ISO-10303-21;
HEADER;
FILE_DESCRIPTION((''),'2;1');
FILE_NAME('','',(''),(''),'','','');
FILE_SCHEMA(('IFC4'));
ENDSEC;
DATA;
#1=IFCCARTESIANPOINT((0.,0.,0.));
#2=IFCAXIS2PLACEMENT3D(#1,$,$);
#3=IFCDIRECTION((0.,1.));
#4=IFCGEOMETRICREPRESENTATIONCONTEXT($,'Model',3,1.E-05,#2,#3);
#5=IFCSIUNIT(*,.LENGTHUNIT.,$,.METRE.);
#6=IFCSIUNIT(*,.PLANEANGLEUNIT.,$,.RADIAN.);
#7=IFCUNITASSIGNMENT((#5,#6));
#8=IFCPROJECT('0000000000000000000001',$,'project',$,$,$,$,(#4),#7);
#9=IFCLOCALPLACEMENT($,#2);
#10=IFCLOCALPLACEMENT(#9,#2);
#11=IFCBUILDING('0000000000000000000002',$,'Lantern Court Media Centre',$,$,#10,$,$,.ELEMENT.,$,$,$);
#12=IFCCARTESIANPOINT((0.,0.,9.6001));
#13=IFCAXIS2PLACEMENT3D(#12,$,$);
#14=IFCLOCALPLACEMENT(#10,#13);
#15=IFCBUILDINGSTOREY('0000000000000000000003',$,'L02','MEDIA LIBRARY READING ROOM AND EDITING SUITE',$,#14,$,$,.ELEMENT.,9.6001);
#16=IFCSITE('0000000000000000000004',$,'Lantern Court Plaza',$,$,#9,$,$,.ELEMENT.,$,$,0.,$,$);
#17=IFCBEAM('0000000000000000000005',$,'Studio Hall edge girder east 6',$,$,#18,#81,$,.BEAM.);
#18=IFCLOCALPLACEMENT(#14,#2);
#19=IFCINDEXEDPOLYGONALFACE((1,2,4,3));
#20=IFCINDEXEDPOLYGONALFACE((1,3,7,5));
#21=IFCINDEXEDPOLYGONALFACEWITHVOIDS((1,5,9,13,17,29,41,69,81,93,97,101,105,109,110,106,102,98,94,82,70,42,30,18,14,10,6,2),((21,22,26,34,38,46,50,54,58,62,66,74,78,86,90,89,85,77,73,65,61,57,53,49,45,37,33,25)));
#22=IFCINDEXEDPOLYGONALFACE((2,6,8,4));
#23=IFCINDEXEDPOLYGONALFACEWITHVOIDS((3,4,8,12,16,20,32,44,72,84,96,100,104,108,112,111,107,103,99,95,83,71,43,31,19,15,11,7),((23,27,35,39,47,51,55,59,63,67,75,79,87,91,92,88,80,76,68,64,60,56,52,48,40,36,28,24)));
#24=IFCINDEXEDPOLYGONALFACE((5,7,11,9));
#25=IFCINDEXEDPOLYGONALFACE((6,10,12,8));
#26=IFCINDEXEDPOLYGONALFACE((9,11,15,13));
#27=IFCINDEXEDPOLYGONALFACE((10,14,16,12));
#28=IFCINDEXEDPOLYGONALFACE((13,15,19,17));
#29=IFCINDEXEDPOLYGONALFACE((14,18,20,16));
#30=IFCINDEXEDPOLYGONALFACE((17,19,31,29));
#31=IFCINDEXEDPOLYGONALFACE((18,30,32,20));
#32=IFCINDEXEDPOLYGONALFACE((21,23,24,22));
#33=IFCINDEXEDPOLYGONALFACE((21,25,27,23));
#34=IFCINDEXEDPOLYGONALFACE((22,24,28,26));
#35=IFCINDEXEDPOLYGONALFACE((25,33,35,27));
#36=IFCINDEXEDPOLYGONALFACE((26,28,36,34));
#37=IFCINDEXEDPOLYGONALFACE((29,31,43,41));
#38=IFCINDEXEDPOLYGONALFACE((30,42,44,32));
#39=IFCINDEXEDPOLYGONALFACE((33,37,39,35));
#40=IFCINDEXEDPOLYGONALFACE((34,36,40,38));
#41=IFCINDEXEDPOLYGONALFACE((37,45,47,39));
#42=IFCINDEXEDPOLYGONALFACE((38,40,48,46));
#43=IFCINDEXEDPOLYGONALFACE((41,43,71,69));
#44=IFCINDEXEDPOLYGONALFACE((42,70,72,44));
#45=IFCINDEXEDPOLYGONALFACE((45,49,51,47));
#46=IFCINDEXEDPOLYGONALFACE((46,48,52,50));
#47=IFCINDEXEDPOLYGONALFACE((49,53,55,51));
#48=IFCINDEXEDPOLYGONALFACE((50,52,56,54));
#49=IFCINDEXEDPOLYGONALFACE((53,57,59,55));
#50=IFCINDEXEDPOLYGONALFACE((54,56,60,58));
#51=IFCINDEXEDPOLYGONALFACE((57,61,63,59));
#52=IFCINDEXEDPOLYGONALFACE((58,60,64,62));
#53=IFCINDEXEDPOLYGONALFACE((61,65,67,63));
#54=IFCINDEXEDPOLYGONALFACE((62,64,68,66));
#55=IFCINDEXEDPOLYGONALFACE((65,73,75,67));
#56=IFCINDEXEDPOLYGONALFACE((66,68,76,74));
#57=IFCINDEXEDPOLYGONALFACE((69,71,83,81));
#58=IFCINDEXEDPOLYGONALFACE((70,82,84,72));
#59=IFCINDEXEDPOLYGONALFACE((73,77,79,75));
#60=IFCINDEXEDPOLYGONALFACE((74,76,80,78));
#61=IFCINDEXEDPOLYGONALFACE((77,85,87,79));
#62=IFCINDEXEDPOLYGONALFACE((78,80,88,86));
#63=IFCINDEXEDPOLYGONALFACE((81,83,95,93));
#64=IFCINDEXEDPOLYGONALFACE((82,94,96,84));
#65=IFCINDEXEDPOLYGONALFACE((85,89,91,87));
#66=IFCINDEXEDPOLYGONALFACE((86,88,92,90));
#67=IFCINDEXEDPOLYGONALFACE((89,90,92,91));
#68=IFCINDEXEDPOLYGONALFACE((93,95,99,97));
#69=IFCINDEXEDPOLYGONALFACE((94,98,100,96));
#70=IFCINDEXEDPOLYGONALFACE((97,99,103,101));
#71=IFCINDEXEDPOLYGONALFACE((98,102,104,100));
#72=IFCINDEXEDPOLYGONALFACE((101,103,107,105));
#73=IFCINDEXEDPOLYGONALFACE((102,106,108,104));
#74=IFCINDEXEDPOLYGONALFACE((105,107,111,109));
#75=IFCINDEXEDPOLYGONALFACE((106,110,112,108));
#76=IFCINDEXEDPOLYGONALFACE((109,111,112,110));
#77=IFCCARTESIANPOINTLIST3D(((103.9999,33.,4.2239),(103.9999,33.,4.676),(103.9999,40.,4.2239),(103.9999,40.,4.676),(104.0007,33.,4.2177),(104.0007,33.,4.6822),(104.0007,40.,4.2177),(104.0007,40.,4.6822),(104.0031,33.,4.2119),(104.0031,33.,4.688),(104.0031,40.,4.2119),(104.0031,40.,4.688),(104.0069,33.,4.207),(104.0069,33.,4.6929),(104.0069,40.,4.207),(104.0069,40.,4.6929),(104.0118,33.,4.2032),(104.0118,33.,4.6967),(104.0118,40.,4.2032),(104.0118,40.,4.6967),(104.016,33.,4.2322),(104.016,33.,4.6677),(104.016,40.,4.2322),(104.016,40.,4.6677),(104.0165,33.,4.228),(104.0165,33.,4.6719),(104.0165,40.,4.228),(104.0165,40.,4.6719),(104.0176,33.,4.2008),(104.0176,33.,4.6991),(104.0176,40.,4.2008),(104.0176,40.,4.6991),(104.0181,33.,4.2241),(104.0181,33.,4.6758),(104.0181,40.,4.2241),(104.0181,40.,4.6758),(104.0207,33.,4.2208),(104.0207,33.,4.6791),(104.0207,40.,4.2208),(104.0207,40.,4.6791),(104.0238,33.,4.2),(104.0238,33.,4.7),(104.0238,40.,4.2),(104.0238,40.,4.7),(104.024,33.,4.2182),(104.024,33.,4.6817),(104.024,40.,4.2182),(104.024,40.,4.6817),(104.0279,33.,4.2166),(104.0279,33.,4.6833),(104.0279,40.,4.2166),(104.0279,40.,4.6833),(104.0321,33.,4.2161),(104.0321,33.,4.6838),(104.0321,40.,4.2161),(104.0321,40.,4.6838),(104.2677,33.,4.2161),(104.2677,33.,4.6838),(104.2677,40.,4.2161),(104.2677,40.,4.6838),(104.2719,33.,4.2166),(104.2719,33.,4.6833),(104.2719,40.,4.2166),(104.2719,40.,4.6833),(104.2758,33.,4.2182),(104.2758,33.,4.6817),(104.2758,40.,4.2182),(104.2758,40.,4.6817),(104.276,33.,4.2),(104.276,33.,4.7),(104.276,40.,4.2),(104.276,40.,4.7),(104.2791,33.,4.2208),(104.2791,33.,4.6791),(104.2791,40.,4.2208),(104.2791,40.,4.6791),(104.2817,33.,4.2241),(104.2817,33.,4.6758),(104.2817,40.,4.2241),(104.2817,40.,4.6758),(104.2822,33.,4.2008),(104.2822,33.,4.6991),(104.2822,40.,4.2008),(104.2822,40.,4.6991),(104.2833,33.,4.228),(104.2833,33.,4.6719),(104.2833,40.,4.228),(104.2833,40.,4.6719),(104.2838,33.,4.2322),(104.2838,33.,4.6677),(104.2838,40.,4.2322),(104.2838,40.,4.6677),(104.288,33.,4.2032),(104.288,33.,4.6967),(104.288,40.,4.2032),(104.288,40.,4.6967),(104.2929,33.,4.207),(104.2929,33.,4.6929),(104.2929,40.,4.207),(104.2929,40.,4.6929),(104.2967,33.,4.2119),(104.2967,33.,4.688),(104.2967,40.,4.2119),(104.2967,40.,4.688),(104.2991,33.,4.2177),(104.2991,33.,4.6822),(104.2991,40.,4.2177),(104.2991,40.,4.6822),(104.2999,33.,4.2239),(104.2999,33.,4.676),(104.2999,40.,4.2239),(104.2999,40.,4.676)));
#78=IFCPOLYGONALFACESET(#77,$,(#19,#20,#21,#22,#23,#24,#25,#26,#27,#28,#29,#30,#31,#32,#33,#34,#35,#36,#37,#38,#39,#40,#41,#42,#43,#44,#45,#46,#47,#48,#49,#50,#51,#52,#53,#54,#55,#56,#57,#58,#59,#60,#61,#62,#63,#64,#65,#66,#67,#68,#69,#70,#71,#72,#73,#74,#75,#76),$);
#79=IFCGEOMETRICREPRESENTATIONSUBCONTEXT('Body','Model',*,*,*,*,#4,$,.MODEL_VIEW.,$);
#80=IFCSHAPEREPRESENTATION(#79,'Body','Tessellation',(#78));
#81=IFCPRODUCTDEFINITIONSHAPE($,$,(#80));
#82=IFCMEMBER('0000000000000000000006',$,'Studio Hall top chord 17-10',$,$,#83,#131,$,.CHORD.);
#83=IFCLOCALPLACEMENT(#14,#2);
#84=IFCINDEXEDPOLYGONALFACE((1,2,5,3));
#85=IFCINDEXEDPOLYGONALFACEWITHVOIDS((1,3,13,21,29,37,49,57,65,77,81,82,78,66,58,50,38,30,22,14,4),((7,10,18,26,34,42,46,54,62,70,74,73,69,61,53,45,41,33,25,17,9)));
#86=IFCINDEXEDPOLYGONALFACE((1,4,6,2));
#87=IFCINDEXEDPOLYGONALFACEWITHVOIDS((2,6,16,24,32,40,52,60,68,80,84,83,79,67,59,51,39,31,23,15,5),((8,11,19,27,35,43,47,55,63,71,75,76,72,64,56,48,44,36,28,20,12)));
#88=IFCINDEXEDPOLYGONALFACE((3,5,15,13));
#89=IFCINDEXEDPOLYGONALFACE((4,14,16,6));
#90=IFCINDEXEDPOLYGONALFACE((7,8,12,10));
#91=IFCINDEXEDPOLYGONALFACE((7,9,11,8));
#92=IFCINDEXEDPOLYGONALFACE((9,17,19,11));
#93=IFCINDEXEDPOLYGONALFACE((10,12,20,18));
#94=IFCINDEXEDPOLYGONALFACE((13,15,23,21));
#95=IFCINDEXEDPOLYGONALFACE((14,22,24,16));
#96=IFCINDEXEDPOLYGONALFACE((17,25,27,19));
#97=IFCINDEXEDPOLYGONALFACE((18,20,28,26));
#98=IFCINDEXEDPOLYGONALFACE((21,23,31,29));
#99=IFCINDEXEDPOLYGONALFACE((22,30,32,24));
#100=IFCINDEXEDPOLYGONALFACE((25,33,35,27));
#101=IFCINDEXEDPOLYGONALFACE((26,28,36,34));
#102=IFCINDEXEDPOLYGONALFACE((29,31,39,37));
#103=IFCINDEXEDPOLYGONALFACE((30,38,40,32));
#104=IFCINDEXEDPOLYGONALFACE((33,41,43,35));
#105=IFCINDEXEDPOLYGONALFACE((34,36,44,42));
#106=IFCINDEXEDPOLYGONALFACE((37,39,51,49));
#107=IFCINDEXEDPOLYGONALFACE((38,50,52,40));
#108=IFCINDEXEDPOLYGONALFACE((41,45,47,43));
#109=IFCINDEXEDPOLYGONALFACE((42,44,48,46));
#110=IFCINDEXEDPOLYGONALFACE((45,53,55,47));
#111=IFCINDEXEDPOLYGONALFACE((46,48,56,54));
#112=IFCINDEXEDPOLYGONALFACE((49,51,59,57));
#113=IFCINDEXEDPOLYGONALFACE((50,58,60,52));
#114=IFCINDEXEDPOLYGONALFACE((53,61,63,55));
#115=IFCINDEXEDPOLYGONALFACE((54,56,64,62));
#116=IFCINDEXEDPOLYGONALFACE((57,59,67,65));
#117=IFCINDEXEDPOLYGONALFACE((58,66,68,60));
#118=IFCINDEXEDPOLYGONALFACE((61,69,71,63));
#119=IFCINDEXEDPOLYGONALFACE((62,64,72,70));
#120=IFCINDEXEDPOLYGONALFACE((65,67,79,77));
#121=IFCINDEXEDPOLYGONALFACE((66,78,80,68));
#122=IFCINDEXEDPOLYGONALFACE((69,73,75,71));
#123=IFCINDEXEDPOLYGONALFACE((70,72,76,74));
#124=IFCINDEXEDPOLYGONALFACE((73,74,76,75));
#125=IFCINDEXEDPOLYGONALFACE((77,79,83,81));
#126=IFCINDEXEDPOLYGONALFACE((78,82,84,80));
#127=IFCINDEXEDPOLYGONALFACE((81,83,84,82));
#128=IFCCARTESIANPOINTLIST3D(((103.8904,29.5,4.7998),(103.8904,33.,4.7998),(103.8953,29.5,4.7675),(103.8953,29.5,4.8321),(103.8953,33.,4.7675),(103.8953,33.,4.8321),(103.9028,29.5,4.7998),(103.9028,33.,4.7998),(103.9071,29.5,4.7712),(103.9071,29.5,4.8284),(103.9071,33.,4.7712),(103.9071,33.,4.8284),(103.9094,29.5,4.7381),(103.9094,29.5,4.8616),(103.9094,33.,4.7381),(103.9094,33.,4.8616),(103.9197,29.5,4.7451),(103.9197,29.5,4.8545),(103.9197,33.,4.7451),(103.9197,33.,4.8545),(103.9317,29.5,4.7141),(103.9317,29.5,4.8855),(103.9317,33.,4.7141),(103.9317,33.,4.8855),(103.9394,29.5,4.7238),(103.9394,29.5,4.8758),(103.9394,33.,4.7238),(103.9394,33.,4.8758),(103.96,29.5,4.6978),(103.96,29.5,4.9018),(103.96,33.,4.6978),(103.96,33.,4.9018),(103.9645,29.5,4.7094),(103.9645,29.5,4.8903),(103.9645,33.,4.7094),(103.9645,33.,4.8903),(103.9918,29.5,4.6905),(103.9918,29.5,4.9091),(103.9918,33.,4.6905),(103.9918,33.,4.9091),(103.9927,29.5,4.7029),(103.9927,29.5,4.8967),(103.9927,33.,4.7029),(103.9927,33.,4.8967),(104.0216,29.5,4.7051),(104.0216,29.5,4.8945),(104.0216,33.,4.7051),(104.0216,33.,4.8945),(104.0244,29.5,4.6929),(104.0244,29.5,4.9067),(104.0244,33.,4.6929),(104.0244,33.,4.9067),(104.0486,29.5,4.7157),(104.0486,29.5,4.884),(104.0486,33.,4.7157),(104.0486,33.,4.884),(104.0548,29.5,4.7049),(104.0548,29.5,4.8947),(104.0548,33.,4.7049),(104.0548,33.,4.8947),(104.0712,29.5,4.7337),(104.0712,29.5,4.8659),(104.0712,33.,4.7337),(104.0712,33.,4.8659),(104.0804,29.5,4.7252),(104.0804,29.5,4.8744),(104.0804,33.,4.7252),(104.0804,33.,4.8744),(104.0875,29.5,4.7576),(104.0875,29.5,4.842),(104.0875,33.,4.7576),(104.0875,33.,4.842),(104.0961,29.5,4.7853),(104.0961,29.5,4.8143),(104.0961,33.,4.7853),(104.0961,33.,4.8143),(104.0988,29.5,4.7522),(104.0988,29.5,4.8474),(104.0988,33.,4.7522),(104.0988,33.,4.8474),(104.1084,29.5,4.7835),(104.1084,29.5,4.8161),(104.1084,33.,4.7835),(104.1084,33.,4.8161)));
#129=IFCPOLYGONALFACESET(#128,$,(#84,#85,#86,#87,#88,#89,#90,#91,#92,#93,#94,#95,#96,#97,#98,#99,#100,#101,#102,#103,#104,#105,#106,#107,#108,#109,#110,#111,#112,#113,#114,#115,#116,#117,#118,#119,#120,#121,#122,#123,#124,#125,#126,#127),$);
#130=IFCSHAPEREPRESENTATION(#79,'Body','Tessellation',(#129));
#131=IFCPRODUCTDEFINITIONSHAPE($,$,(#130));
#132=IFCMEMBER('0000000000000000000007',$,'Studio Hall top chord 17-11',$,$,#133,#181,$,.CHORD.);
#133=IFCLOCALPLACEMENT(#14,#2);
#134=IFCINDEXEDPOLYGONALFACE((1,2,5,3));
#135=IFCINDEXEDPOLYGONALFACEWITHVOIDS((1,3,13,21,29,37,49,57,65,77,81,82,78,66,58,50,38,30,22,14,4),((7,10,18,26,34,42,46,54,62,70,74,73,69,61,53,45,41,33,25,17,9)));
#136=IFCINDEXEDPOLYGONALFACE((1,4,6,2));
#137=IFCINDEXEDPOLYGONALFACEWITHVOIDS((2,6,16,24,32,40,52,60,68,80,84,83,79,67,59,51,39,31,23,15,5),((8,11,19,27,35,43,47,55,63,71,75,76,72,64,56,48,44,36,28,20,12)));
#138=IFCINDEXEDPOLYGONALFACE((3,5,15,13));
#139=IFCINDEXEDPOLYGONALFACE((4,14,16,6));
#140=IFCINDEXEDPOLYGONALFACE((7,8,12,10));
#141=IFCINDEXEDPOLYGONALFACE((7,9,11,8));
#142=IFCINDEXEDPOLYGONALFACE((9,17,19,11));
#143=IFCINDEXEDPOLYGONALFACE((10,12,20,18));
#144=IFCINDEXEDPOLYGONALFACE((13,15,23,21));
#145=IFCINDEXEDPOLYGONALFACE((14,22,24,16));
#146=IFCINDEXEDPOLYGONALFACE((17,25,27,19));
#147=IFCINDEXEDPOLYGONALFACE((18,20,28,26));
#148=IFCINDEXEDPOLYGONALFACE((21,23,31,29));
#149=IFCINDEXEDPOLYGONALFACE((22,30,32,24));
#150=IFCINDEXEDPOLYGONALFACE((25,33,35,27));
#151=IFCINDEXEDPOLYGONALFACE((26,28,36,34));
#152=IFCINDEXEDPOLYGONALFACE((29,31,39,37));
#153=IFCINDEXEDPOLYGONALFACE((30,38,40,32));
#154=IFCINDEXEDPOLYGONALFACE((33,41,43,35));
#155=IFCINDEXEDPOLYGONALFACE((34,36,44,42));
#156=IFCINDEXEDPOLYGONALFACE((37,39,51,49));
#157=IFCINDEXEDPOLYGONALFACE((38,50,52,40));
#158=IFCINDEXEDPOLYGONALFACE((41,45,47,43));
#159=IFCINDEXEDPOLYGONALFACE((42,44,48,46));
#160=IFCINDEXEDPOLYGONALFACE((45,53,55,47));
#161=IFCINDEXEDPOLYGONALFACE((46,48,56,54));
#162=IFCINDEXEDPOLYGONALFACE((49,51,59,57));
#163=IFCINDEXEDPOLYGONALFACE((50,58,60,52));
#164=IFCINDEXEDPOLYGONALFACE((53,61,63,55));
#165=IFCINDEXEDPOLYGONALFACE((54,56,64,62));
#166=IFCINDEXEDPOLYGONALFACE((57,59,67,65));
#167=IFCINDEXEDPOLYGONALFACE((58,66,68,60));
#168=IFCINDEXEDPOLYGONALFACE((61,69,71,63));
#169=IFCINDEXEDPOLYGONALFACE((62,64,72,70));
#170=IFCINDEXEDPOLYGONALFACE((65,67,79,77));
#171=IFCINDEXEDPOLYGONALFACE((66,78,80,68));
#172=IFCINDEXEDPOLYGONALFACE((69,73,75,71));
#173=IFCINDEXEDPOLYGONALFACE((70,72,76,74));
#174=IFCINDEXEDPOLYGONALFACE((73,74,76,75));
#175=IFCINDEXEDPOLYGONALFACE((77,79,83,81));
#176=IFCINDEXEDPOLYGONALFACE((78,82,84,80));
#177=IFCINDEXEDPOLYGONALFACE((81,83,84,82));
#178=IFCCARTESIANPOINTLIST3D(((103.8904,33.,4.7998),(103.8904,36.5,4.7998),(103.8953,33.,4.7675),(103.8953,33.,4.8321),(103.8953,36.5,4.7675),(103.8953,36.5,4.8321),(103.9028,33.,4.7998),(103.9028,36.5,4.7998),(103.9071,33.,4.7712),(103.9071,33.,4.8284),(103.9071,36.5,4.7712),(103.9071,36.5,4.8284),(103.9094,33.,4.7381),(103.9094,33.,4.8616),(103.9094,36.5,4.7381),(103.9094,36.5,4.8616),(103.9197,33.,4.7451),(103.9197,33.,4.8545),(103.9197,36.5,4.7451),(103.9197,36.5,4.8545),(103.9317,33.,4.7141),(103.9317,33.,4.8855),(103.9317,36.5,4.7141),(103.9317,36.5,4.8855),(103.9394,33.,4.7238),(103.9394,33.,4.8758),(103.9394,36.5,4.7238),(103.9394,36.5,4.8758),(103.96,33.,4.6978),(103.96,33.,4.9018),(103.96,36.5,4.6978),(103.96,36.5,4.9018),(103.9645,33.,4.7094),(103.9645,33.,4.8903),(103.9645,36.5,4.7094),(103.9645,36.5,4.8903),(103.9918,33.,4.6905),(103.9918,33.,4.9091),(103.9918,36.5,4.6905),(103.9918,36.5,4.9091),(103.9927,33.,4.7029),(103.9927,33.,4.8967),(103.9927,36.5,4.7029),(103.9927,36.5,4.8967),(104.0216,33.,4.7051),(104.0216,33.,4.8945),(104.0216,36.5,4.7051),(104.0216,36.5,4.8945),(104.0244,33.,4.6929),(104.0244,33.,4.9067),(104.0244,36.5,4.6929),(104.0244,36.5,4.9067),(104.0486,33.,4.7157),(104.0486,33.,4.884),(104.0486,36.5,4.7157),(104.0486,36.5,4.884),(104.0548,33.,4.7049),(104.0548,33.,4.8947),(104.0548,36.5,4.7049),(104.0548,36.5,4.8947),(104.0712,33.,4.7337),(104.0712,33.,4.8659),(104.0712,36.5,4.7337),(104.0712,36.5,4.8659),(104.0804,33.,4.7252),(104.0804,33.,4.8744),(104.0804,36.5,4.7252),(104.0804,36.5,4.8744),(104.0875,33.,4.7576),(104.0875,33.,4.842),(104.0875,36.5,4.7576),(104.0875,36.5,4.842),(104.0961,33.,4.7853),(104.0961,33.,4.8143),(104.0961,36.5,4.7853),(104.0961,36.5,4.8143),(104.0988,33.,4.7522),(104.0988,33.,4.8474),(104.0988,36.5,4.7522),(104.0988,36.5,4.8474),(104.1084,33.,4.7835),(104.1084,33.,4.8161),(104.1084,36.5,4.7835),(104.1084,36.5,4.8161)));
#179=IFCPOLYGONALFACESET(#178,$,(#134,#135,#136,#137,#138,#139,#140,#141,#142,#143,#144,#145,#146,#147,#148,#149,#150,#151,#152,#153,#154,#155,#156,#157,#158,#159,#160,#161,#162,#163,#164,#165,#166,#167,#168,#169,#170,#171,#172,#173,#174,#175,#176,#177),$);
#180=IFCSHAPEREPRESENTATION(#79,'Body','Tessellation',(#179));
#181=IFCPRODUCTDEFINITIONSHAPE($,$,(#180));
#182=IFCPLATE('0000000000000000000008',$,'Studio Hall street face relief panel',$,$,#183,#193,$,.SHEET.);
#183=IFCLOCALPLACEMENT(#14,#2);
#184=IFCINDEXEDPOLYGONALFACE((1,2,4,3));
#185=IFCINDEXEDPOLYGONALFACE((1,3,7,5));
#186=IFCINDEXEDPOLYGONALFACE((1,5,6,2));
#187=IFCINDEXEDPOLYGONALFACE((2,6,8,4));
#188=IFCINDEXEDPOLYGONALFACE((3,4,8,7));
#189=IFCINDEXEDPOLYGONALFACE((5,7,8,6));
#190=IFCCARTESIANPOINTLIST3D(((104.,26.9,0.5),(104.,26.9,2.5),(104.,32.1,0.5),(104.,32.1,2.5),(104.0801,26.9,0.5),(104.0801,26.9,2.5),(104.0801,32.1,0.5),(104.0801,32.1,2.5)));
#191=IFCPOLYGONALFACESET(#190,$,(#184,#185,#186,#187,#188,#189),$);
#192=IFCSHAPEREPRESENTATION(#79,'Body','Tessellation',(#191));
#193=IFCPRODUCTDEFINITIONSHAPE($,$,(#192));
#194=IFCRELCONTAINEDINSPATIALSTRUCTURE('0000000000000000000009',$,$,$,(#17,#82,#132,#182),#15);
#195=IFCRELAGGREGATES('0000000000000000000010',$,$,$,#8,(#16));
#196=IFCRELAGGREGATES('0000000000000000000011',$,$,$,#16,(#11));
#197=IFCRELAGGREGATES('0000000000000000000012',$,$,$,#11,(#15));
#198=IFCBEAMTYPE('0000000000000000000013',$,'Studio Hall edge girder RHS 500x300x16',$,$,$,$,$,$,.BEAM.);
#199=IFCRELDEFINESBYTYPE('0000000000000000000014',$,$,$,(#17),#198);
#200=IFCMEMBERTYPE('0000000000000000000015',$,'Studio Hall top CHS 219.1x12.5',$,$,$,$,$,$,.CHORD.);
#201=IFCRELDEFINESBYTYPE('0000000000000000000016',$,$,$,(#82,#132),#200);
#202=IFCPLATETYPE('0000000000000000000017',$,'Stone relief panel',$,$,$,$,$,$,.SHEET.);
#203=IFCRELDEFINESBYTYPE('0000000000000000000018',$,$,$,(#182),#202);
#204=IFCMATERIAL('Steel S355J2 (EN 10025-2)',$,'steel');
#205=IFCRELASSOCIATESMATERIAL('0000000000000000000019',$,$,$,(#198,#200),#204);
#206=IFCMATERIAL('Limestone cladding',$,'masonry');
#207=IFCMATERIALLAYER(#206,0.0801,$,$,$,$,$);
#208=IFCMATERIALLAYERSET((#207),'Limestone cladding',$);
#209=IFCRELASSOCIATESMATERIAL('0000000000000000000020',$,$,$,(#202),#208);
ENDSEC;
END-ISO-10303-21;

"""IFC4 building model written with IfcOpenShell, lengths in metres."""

from ifc_helpers import new_model, si_unit, direction, frame, origin, origin_2d, place, context, subcontext, project, spatial, rectangle, hollow_rectangle, hollow_circle, extrude, material, layer, layer_set, material_profile, profile_set, type_object, element, save


model = new_model("IFC4")

# Units and contexts
model_context = context("Model", 3, precision=1e-05, world=origin(), true_north=direction((0.0, 1.0)))
body_context = subcontext(model_context, "Body", "Model", "MODEL_VIEW")
ifc_project = project(units=[si_unit("LENGTHUNIT", "METRE"), si_unit("PLANEANGLEUNIT", "RADIAN")], contexts=[model_context])

# Site, building, storey
site_placement = place(None, origin())
site = spatial("IfcSite", under=ifc_project, at=site_placement, Name="Lantern Court Plaza", CompositionType="ELEMENT", RefElevation=0.0)
building_placement = place(site_placement, origin())
building = spatial("IfcBuilding", under=site, at=building_placement, Name="Lantern Court Media Centre", CompositionType="ELEMENT")
storey_placement = place(building_placement, frame((0.0, 0.0, 9.6001)))
storey = spatial("IfcBuildingStorey", under=building, at=storey_placement, Name="L02", Description="MEDIA LIBRARY READING ROOM AND EDITING SUITE", CompositionType="ELEMENT", Elevation=9.6001)

# Shared definitions
ifc_material_1 = material(Name="Steel S355J2 (EN 10025-2)", Category="steel")

# Beam
ifc_material_profile_1 = material_profile(ifc_material_1, hollow_rectangle(XDim=0.3, YDim=0.5, WallThickness=0.0161, InnerFilletRadius=0.0161, OuterFilletRadius=0.0239, at=origin_2d()), Name="Studio Hall edge girder RHS 500x300x16")
ifc_profile_set_1 = profile_set([ifc_material_profile_1], Name="Steel S355J2 (EN 10025-2)")
beam_type = type_object("IfcBeamType", Name="Studio Hall edge girder RHS 500x300x16", PredefinedType="BEAM", material=ifc_profile_set_1)
beam_placement = place(storey_placement, frame((104.1499, 33.0, 4.45), z_axis=(0.0, 1.0, 0.0), x_axis=(-1.0, 0.0, 0.0)))
element("IfcBeam", 1, at=beam_placement, inside=storey, type_object=beam_type, Name="Studio Hall edge girder east 6", PredefinedType="BEAM", context=body_context, shape_type="SweptSolid", body=[
    extrude(hollow_rectangle(XDim=0.3, YDim=0.5, WallThickness=0.0161, InnerFilletRadius=0.0161, OuterFilletRadius=0.0239, at=origin_2d()), origin(), (0.0, 0.0, 1.0), 7.0),
])

# Members
ifc_material_profile_2 = material_profile(ifc_material_1, hollow_circle(Radius=0.1096, WallThickness=0.0125, at=origin_2d()), Name="Studio Hall top CHS 219.1x12.5")
ifc_profile_set_2 = profile_set([ifc_material_profile_2], Name="Steel S355J2 (EN 10025-2)")
member_type_1 = type_object("IfcMemberType", Name="Studio Hall top CHS 219.1x12.5", PredefinedType="CHORD", material=ifc_profile_set_2)
for number, where, z_axis, x_axis, name in (
    (2, (104.0, 29.5, 4.7998), (0.0, 1.0, 0.0), (-1.0, 0.0, 0.0), "Studio Hall top chord 17-10"),
    (3, (104.0, 33.0, 4.7998), (0.0, 1.0, 0.0), (-1.0, 0.0, 0.0), "Studio Hall top chord 17-11"),
):
    element("IfcMember", number, at=place(storey_placement, frame(where, z_axis=z_axis, x_axis=x_axis)), inside=storey, type_object=member_type_1, Name=name, PredefinedType="CHORD", context=body_context, shape_type="SweptSolid", body=[
        extrude(hollow_circle(Radius=0.1096, WallThickness=0.0125, at=origin_2d()), origin(), (0.0, 0.0, 1.0), 3.5),
    ])

# Plate
ifc_material_2 = material(Name="Limestone cladding", Category="masonry")
ifc_layer_1 = layer(ifc_material_2, 0.0801)
ifc_layer_set_1 = layer_set([ifc_layer_1], Name="Limestone cladding")
plate_type = type_object("IfcPlateType", Name="Stone relief panel", PredefinedType="SHEET", material=ifc_layer_set_1)
plate_1_placement = place(storey_placement, frame((104.04, 29.5, 0.5), z_axis=(0.0, 0.0, 1.0), x_axis=(1.0, 0.0, 0.0)))
element("IfcPlate", 4, at=plate_1_placement, inside=storey, type_object=plate_type, Name="Studio Hall street face relief panel", PredefinedType="SHEET", context=body_context, shape_type="SweptSolid", body=[
    extrude(rectangle(XDim=0.0801, YDim=5.2, at=origin_2d()), origin(), (0.0, 0.0, 1.0), 2.0),
])

save(model, "model.ifc")
